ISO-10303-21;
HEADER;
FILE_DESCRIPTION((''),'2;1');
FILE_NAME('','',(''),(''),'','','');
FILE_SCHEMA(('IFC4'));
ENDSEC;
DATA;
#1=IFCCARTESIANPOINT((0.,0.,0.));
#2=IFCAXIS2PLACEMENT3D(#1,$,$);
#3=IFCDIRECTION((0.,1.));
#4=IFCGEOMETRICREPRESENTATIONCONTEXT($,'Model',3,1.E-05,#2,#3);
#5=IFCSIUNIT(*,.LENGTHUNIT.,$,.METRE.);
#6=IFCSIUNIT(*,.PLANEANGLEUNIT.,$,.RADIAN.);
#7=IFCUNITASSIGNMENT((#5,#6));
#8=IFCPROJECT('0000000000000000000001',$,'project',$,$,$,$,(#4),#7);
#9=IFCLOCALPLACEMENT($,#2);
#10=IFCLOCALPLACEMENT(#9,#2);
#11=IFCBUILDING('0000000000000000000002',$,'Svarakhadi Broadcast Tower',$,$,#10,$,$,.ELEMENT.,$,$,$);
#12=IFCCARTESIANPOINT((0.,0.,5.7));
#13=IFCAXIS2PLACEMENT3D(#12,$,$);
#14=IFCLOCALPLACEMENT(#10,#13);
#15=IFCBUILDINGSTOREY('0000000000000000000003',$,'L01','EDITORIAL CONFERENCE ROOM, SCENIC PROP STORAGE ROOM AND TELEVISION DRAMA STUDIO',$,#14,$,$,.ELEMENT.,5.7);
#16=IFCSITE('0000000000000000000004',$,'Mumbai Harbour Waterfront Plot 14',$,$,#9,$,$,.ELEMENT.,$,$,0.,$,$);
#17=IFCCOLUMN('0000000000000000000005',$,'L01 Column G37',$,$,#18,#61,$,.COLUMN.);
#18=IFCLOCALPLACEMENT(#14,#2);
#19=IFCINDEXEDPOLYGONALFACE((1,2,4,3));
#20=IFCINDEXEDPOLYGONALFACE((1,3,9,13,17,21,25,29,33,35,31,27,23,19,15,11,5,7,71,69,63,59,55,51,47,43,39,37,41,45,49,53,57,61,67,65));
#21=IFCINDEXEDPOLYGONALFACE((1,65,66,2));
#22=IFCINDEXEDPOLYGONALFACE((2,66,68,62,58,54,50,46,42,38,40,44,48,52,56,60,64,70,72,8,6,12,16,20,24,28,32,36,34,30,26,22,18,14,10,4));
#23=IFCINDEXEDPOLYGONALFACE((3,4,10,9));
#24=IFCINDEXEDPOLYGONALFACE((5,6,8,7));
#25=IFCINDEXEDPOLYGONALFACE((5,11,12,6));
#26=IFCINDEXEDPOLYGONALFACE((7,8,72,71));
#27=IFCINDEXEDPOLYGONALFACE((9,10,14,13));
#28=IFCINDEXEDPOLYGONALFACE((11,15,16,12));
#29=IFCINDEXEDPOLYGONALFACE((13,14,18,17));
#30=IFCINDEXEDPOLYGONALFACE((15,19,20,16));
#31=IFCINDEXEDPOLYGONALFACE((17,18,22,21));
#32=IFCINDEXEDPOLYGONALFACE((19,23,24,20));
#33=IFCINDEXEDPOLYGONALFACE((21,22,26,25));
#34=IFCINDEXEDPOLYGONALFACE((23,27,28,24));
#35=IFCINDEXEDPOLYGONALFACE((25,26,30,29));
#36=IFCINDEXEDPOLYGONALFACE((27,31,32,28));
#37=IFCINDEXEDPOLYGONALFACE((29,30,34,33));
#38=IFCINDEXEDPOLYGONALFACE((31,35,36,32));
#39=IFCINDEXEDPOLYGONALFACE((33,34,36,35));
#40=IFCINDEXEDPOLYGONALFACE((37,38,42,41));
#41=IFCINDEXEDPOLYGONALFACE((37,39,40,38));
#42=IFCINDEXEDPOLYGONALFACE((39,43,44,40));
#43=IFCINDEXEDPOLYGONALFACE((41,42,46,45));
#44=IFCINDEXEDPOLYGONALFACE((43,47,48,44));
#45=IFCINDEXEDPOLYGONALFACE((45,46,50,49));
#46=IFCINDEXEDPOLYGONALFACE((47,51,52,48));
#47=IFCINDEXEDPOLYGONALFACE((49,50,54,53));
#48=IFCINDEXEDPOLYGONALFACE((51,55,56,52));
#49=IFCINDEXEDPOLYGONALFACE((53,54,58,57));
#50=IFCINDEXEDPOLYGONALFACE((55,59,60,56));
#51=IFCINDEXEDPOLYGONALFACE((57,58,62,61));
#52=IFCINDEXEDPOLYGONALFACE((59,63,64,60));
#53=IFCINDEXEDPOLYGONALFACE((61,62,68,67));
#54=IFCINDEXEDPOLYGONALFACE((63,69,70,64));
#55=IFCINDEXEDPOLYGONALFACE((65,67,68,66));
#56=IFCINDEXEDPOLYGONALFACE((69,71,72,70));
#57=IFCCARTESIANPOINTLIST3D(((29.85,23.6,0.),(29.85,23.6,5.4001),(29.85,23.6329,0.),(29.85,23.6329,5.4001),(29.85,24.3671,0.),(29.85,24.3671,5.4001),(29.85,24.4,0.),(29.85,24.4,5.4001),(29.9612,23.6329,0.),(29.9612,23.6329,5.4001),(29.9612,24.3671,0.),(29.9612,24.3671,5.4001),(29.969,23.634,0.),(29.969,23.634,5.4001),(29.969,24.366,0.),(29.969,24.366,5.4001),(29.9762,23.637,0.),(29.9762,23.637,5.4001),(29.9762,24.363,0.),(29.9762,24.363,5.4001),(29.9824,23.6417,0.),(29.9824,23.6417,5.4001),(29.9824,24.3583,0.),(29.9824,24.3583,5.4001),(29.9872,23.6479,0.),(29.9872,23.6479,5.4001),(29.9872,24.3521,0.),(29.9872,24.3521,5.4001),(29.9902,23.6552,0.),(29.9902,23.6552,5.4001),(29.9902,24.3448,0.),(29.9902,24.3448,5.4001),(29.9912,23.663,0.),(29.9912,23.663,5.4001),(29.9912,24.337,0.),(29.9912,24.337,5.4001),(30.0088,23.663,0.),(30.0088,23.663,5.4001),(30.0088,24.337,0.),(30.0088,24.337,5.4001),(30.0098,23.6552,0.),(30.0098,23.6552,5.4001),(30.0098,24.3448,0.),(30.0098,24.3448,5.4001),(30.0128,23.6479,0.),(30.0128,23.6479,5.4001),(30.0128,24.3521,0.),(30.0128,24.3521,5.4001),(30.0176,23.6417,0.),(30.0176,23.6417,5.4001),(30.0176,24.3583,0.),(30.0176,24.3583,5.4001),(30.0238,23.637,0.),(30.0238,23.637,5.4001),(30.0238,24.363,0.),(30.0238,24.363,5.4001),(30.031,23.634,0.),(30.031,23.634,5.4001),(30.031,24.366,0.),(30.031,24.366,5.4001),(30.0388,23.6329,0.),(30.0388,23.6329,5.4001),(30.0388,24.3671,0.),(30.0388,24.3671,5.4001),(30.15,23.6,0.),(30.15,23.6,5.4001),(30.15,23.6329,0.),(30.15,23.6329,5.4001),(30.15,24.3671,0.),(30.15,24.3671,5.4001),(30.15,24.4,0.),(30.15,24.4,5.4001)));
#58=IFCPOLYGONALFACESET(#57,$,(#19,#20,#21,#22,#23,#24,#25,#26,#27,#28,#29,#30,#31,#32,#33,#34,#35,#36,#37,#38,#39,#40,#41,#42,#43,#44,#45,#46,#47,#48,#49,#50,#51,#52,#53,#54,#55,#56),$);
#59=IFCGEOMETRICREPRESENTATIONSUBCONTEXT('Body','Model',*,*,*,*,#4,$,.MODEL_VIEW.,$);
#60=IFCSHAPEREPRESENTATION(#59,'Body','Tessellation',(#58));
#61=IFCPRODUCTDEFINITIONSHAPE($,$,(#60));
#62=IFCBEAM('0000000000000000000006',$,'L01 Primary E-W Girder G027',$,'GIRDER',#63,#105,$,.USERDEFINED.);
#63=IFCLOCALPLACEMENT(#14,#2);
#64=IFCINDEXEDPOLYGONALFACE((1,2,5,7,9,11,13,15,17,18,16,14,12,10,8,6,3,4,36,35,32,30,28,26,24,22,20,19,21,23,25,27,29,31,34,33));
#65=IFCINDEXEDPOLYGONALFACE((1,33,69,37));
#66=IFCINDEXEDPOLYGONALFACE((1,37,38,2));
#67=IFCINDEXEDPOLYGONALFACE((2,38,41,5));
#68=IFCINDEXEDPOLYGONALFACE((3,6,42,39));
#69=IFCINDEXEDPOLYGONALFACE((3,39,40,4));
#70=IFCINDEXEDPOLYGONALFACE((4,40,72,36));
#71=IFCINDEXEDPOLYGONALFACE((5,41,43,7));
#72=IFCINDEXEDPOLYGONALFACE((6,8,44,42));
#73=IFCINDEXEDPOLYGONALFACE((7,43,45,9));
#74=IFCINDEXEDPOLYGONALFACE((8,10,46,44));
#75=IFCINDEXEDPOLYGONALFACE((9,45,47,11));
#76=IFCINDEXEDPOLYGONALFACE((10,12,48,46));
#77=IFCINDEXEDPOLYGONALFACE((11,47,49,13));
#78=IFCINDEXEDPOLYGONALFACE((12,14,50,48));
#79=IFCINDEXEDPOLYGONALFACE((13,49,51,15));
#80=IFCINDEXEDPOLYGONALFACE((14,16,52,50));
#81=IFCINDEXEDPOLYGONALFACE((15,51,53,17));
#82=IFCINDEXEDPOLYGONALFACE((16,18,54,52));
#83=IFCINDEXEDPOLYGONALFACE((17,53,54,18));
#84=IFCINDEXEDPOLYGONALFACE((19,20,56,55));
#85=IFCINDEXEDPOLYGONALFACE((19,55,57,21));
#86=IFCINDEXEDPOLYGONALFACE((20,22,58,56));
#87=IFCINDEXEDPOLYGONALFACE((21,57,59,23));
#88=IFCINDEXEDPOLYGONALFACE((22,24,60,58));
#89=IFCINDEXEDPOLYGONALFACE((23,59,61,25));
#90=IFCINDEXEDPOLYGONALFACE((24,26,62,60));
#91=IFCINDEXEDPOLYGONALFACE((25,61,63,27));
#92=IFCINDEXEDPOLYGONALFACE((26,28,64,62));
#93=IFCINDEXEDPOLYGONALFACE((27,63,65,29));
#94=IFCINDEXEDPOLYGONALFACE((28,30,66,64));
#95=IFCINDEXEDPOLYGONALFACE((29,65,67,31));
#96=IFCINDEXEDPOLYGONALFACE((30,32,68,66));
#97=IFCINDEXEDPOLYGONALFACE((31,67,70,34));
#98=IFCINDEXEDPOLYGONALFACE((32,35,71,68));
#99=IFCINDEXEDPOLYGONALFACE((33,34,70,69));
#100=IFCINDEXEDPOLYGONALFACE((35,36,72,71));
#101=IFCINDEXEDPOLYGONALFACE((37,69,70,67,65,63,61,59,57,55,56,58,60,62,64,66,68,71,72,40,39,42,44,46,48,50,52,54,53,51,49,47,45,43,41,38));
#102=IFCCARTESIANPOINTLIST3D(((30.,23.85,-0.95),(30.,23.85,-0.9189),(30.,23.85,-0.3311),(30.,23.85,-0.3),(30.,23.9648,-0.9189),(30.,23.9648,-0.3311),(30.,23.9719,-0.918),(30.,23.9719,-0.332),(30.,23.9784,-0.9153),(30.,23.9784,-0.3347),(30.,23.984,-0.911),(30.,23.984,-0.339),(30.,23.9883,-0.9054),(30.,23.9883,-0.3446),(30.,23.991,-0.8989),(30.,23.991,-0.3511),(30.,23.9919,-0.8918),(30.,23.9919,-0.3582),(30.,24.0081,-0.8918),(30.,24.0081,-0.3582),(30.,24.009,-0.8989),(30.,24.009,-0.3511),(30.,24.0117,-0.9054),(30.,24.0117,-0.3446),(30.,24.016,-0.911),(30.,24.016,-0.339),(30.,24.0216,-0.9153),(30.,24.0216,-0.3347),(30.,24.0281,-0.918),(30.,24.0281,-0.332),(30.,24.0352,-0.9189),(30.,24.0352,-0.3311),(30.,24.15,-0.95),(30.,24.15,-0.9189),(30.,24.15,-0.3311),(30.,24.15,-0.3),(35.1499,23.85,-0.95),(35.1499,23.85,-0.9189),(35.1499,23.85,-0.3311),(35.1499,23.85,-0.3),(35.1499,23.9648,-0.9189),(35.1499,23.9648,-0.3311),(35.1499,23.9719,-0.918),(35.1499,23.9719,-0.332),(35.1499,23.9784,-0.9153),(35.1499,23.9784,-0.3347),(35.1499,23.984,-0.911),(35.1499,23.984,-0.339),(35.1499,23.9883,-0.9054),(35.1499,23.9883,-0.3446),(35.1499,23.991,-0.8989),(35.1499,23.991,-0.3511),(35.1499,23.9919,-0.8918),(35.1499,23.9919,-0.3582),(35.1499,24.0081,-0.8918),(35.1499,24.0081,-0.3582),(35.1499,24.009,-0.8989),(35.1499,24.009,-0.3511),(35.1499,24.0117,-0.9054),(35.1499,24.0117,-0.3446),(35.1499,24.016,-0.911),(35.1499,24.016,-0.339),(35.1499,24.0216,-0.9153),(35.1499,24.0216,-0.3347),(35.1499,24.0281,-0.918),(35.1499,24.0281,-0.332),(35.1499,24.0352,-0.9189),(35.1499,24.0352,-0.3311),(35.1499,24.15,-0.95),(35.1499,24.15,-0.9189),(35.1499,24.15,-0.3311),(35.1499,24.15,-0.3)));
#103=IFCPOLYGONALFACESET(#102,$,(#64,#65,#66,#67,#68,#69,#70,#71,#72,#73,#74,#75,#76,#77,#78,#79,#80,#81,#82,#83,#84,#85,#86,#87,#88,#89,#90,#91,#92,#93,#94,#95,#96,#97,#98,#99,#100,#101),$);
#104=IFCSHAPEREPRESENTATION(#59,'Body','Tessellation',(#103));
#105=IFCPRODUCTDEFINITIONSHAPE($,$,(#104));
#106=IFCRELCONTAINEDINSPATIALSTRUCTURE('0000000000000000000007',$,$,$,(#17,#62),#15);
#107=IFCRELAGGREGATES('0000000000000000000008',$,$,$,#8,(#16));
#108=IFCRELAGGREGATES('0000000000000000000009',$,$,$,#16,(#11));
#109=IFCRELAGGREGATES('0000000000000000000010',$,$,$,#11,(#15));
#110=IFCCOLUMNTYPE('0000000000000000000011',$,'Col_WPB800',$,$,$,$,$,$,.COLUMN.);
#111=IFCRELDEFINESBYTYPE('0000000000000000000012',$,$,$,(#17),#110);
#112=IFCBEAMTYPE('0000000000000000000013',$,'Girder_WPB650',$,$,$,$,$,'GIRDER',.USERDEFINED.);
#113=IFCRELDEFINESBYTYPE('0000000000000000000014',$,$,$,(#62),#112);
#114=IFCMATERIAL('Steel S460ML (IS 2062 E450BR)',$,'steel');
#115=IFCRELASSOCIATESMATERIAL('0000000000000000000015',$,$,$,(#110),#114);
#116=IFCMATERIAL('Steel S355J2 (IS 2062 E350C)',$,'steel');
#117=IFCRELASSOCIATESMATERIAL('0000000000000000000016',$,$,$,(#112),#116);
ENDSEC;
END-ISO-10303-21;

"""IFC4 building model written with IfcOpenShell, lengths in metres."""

from ifc_helpers import new_model, si_unit, direction, frame, origin, origin_2d, place, context, subcontext, project, spatial, i_section, extrude, material, material_profile, profile_set, type_object, element, save


model = new_model("IFC4")

# Units and contexts
model_context = context("Model", 3, precision=1e-05, world=origin(), true_north=direction((0.0, 1.0)))
body_context = subcontext(model_context, "Body", "Model", "MODEL_VIEW")
ifc_project = project(units=[si_unit("LENGTHUNIT", "METRE"), si_unit("PLANEANGLEUNIT", "RADIAN")], contexts=[model_context])

# Site, building, storey
site_placement = place(None, origin())
site = spatial("IfcSite", under=ifc_project, at=site_placement, Name="Mumbai Harbour Waterfront Plot 14", CompositionType="ELEMENT", RefElevation=0.0)
building_placement = place(site_placement, origin())
building = spatial("IfcBuilding", under=site, at=building_placement, Name="Svarakhadi Broadcast Tower", CompositionType="ELEMENT")
storey_placement = place(building_placement, frame((0.0, 0.0, 5.7)))
storey = spatial("IfcBuildingStorey", under=building, at=storey_placement, Name="L01", Description="EDITORIAL CONFERENCE ROOM, SCENIC PROP STORAGE ROOM AND TELEVISION DRAMA STUDIO", CompositionType="ELEMENT", Elevation=5.7)

# Column
ifc_material_1 = material(Name="Steel S460ML (IS 2062 E450BR)", Category="steel")
ifc_material_profile_1 = material_profile(ifc_material_1, i_section(OverallWidth=0.3, OverallDepth=0.8, WebThickness=0.0176, FlangeThickness=0.033, FilletRadius=0.03, at=origin_2d()), Name="WPB 800x300x262")
ifc_profile_set_1 = profile_set([ifc_material_profile_1], Name="Steel S460ML (IS 2062 E450BR)")
column_type = type_object("IfcColumnType", Name="Col_WPB800", PredefinedType="COLUMN", material=ifc_profile_set_1)
column_placement = place(storey_placement, frame((30.0, 24.0, 0.0), z_axis=(0.0, 0.0, 1.0), x_axis=(1.0, 0.0, 0.0)))
element("IfcColumn", 1, at=column_placement, inside=storey, type_object=column_type, Name="L01 Column G37", PredefinedType="COLUMN", context=body_context, shape_type="SweptSolid", body=[
    extrude(i_section(OverallWidth=0.3, OverallDepth=0.8, WebThickness=0.0176, FlangeThickness=0.033, FilletRadius=0.03, at=origin_2d()), origin(), (0.0, 0.0, 1.0), 5.4001),
])

# Beam
ifc_material_2 = material(Name="Steel S355J2 (IS 2062 E350C)", Category="steel")
ifc_material_profile_2 = material_profile(ifc_material_2, i_section(OverallWidth=0.3, OverallDepth=0.6499, WebThickness=0.0161, FlangeThickness=0.031, FilletRadius=0.0271, at=origin_2d()), Name="WPB 650x300x225")
ifc_profile_set_2 = profile_set([ifc_material_profile_2], Name="Steel S355J2 (IS 2062 E350C)")
beam_type = type_object("IfcBeamType", Name="Girder_WPB650", ElementType="GIRDER", PredefinedType="USERDEFINED", material=ifc_profile_set_2)
beam_placement = place(storey_placement, frame((30.0, 24.0, -0.625), z_axis=(1.0, 0.0, 0.0), x_axis=(0.0, 1.0, 0.0)))
element("IfcBeam", 2, at=beam_placement, inside=storey, type_object=beam_type, Name="L01 Primary E-W Girder G027", ObjectType="GIRDER", PredefinedType="USERDEFINED", context=body_context, shape_type="SweptSolid", body=[
    extrude(i_section(OverallWidth=0.3, OverallDepth=0.6499, WebThickness=0.0161, FlangeThickness=0.031, FilletRadius=0.0271, at=origin_2d()), origin(), (0.0, 0.0, 1.0), 5.1499),
])

save(model, "model.ifc")
